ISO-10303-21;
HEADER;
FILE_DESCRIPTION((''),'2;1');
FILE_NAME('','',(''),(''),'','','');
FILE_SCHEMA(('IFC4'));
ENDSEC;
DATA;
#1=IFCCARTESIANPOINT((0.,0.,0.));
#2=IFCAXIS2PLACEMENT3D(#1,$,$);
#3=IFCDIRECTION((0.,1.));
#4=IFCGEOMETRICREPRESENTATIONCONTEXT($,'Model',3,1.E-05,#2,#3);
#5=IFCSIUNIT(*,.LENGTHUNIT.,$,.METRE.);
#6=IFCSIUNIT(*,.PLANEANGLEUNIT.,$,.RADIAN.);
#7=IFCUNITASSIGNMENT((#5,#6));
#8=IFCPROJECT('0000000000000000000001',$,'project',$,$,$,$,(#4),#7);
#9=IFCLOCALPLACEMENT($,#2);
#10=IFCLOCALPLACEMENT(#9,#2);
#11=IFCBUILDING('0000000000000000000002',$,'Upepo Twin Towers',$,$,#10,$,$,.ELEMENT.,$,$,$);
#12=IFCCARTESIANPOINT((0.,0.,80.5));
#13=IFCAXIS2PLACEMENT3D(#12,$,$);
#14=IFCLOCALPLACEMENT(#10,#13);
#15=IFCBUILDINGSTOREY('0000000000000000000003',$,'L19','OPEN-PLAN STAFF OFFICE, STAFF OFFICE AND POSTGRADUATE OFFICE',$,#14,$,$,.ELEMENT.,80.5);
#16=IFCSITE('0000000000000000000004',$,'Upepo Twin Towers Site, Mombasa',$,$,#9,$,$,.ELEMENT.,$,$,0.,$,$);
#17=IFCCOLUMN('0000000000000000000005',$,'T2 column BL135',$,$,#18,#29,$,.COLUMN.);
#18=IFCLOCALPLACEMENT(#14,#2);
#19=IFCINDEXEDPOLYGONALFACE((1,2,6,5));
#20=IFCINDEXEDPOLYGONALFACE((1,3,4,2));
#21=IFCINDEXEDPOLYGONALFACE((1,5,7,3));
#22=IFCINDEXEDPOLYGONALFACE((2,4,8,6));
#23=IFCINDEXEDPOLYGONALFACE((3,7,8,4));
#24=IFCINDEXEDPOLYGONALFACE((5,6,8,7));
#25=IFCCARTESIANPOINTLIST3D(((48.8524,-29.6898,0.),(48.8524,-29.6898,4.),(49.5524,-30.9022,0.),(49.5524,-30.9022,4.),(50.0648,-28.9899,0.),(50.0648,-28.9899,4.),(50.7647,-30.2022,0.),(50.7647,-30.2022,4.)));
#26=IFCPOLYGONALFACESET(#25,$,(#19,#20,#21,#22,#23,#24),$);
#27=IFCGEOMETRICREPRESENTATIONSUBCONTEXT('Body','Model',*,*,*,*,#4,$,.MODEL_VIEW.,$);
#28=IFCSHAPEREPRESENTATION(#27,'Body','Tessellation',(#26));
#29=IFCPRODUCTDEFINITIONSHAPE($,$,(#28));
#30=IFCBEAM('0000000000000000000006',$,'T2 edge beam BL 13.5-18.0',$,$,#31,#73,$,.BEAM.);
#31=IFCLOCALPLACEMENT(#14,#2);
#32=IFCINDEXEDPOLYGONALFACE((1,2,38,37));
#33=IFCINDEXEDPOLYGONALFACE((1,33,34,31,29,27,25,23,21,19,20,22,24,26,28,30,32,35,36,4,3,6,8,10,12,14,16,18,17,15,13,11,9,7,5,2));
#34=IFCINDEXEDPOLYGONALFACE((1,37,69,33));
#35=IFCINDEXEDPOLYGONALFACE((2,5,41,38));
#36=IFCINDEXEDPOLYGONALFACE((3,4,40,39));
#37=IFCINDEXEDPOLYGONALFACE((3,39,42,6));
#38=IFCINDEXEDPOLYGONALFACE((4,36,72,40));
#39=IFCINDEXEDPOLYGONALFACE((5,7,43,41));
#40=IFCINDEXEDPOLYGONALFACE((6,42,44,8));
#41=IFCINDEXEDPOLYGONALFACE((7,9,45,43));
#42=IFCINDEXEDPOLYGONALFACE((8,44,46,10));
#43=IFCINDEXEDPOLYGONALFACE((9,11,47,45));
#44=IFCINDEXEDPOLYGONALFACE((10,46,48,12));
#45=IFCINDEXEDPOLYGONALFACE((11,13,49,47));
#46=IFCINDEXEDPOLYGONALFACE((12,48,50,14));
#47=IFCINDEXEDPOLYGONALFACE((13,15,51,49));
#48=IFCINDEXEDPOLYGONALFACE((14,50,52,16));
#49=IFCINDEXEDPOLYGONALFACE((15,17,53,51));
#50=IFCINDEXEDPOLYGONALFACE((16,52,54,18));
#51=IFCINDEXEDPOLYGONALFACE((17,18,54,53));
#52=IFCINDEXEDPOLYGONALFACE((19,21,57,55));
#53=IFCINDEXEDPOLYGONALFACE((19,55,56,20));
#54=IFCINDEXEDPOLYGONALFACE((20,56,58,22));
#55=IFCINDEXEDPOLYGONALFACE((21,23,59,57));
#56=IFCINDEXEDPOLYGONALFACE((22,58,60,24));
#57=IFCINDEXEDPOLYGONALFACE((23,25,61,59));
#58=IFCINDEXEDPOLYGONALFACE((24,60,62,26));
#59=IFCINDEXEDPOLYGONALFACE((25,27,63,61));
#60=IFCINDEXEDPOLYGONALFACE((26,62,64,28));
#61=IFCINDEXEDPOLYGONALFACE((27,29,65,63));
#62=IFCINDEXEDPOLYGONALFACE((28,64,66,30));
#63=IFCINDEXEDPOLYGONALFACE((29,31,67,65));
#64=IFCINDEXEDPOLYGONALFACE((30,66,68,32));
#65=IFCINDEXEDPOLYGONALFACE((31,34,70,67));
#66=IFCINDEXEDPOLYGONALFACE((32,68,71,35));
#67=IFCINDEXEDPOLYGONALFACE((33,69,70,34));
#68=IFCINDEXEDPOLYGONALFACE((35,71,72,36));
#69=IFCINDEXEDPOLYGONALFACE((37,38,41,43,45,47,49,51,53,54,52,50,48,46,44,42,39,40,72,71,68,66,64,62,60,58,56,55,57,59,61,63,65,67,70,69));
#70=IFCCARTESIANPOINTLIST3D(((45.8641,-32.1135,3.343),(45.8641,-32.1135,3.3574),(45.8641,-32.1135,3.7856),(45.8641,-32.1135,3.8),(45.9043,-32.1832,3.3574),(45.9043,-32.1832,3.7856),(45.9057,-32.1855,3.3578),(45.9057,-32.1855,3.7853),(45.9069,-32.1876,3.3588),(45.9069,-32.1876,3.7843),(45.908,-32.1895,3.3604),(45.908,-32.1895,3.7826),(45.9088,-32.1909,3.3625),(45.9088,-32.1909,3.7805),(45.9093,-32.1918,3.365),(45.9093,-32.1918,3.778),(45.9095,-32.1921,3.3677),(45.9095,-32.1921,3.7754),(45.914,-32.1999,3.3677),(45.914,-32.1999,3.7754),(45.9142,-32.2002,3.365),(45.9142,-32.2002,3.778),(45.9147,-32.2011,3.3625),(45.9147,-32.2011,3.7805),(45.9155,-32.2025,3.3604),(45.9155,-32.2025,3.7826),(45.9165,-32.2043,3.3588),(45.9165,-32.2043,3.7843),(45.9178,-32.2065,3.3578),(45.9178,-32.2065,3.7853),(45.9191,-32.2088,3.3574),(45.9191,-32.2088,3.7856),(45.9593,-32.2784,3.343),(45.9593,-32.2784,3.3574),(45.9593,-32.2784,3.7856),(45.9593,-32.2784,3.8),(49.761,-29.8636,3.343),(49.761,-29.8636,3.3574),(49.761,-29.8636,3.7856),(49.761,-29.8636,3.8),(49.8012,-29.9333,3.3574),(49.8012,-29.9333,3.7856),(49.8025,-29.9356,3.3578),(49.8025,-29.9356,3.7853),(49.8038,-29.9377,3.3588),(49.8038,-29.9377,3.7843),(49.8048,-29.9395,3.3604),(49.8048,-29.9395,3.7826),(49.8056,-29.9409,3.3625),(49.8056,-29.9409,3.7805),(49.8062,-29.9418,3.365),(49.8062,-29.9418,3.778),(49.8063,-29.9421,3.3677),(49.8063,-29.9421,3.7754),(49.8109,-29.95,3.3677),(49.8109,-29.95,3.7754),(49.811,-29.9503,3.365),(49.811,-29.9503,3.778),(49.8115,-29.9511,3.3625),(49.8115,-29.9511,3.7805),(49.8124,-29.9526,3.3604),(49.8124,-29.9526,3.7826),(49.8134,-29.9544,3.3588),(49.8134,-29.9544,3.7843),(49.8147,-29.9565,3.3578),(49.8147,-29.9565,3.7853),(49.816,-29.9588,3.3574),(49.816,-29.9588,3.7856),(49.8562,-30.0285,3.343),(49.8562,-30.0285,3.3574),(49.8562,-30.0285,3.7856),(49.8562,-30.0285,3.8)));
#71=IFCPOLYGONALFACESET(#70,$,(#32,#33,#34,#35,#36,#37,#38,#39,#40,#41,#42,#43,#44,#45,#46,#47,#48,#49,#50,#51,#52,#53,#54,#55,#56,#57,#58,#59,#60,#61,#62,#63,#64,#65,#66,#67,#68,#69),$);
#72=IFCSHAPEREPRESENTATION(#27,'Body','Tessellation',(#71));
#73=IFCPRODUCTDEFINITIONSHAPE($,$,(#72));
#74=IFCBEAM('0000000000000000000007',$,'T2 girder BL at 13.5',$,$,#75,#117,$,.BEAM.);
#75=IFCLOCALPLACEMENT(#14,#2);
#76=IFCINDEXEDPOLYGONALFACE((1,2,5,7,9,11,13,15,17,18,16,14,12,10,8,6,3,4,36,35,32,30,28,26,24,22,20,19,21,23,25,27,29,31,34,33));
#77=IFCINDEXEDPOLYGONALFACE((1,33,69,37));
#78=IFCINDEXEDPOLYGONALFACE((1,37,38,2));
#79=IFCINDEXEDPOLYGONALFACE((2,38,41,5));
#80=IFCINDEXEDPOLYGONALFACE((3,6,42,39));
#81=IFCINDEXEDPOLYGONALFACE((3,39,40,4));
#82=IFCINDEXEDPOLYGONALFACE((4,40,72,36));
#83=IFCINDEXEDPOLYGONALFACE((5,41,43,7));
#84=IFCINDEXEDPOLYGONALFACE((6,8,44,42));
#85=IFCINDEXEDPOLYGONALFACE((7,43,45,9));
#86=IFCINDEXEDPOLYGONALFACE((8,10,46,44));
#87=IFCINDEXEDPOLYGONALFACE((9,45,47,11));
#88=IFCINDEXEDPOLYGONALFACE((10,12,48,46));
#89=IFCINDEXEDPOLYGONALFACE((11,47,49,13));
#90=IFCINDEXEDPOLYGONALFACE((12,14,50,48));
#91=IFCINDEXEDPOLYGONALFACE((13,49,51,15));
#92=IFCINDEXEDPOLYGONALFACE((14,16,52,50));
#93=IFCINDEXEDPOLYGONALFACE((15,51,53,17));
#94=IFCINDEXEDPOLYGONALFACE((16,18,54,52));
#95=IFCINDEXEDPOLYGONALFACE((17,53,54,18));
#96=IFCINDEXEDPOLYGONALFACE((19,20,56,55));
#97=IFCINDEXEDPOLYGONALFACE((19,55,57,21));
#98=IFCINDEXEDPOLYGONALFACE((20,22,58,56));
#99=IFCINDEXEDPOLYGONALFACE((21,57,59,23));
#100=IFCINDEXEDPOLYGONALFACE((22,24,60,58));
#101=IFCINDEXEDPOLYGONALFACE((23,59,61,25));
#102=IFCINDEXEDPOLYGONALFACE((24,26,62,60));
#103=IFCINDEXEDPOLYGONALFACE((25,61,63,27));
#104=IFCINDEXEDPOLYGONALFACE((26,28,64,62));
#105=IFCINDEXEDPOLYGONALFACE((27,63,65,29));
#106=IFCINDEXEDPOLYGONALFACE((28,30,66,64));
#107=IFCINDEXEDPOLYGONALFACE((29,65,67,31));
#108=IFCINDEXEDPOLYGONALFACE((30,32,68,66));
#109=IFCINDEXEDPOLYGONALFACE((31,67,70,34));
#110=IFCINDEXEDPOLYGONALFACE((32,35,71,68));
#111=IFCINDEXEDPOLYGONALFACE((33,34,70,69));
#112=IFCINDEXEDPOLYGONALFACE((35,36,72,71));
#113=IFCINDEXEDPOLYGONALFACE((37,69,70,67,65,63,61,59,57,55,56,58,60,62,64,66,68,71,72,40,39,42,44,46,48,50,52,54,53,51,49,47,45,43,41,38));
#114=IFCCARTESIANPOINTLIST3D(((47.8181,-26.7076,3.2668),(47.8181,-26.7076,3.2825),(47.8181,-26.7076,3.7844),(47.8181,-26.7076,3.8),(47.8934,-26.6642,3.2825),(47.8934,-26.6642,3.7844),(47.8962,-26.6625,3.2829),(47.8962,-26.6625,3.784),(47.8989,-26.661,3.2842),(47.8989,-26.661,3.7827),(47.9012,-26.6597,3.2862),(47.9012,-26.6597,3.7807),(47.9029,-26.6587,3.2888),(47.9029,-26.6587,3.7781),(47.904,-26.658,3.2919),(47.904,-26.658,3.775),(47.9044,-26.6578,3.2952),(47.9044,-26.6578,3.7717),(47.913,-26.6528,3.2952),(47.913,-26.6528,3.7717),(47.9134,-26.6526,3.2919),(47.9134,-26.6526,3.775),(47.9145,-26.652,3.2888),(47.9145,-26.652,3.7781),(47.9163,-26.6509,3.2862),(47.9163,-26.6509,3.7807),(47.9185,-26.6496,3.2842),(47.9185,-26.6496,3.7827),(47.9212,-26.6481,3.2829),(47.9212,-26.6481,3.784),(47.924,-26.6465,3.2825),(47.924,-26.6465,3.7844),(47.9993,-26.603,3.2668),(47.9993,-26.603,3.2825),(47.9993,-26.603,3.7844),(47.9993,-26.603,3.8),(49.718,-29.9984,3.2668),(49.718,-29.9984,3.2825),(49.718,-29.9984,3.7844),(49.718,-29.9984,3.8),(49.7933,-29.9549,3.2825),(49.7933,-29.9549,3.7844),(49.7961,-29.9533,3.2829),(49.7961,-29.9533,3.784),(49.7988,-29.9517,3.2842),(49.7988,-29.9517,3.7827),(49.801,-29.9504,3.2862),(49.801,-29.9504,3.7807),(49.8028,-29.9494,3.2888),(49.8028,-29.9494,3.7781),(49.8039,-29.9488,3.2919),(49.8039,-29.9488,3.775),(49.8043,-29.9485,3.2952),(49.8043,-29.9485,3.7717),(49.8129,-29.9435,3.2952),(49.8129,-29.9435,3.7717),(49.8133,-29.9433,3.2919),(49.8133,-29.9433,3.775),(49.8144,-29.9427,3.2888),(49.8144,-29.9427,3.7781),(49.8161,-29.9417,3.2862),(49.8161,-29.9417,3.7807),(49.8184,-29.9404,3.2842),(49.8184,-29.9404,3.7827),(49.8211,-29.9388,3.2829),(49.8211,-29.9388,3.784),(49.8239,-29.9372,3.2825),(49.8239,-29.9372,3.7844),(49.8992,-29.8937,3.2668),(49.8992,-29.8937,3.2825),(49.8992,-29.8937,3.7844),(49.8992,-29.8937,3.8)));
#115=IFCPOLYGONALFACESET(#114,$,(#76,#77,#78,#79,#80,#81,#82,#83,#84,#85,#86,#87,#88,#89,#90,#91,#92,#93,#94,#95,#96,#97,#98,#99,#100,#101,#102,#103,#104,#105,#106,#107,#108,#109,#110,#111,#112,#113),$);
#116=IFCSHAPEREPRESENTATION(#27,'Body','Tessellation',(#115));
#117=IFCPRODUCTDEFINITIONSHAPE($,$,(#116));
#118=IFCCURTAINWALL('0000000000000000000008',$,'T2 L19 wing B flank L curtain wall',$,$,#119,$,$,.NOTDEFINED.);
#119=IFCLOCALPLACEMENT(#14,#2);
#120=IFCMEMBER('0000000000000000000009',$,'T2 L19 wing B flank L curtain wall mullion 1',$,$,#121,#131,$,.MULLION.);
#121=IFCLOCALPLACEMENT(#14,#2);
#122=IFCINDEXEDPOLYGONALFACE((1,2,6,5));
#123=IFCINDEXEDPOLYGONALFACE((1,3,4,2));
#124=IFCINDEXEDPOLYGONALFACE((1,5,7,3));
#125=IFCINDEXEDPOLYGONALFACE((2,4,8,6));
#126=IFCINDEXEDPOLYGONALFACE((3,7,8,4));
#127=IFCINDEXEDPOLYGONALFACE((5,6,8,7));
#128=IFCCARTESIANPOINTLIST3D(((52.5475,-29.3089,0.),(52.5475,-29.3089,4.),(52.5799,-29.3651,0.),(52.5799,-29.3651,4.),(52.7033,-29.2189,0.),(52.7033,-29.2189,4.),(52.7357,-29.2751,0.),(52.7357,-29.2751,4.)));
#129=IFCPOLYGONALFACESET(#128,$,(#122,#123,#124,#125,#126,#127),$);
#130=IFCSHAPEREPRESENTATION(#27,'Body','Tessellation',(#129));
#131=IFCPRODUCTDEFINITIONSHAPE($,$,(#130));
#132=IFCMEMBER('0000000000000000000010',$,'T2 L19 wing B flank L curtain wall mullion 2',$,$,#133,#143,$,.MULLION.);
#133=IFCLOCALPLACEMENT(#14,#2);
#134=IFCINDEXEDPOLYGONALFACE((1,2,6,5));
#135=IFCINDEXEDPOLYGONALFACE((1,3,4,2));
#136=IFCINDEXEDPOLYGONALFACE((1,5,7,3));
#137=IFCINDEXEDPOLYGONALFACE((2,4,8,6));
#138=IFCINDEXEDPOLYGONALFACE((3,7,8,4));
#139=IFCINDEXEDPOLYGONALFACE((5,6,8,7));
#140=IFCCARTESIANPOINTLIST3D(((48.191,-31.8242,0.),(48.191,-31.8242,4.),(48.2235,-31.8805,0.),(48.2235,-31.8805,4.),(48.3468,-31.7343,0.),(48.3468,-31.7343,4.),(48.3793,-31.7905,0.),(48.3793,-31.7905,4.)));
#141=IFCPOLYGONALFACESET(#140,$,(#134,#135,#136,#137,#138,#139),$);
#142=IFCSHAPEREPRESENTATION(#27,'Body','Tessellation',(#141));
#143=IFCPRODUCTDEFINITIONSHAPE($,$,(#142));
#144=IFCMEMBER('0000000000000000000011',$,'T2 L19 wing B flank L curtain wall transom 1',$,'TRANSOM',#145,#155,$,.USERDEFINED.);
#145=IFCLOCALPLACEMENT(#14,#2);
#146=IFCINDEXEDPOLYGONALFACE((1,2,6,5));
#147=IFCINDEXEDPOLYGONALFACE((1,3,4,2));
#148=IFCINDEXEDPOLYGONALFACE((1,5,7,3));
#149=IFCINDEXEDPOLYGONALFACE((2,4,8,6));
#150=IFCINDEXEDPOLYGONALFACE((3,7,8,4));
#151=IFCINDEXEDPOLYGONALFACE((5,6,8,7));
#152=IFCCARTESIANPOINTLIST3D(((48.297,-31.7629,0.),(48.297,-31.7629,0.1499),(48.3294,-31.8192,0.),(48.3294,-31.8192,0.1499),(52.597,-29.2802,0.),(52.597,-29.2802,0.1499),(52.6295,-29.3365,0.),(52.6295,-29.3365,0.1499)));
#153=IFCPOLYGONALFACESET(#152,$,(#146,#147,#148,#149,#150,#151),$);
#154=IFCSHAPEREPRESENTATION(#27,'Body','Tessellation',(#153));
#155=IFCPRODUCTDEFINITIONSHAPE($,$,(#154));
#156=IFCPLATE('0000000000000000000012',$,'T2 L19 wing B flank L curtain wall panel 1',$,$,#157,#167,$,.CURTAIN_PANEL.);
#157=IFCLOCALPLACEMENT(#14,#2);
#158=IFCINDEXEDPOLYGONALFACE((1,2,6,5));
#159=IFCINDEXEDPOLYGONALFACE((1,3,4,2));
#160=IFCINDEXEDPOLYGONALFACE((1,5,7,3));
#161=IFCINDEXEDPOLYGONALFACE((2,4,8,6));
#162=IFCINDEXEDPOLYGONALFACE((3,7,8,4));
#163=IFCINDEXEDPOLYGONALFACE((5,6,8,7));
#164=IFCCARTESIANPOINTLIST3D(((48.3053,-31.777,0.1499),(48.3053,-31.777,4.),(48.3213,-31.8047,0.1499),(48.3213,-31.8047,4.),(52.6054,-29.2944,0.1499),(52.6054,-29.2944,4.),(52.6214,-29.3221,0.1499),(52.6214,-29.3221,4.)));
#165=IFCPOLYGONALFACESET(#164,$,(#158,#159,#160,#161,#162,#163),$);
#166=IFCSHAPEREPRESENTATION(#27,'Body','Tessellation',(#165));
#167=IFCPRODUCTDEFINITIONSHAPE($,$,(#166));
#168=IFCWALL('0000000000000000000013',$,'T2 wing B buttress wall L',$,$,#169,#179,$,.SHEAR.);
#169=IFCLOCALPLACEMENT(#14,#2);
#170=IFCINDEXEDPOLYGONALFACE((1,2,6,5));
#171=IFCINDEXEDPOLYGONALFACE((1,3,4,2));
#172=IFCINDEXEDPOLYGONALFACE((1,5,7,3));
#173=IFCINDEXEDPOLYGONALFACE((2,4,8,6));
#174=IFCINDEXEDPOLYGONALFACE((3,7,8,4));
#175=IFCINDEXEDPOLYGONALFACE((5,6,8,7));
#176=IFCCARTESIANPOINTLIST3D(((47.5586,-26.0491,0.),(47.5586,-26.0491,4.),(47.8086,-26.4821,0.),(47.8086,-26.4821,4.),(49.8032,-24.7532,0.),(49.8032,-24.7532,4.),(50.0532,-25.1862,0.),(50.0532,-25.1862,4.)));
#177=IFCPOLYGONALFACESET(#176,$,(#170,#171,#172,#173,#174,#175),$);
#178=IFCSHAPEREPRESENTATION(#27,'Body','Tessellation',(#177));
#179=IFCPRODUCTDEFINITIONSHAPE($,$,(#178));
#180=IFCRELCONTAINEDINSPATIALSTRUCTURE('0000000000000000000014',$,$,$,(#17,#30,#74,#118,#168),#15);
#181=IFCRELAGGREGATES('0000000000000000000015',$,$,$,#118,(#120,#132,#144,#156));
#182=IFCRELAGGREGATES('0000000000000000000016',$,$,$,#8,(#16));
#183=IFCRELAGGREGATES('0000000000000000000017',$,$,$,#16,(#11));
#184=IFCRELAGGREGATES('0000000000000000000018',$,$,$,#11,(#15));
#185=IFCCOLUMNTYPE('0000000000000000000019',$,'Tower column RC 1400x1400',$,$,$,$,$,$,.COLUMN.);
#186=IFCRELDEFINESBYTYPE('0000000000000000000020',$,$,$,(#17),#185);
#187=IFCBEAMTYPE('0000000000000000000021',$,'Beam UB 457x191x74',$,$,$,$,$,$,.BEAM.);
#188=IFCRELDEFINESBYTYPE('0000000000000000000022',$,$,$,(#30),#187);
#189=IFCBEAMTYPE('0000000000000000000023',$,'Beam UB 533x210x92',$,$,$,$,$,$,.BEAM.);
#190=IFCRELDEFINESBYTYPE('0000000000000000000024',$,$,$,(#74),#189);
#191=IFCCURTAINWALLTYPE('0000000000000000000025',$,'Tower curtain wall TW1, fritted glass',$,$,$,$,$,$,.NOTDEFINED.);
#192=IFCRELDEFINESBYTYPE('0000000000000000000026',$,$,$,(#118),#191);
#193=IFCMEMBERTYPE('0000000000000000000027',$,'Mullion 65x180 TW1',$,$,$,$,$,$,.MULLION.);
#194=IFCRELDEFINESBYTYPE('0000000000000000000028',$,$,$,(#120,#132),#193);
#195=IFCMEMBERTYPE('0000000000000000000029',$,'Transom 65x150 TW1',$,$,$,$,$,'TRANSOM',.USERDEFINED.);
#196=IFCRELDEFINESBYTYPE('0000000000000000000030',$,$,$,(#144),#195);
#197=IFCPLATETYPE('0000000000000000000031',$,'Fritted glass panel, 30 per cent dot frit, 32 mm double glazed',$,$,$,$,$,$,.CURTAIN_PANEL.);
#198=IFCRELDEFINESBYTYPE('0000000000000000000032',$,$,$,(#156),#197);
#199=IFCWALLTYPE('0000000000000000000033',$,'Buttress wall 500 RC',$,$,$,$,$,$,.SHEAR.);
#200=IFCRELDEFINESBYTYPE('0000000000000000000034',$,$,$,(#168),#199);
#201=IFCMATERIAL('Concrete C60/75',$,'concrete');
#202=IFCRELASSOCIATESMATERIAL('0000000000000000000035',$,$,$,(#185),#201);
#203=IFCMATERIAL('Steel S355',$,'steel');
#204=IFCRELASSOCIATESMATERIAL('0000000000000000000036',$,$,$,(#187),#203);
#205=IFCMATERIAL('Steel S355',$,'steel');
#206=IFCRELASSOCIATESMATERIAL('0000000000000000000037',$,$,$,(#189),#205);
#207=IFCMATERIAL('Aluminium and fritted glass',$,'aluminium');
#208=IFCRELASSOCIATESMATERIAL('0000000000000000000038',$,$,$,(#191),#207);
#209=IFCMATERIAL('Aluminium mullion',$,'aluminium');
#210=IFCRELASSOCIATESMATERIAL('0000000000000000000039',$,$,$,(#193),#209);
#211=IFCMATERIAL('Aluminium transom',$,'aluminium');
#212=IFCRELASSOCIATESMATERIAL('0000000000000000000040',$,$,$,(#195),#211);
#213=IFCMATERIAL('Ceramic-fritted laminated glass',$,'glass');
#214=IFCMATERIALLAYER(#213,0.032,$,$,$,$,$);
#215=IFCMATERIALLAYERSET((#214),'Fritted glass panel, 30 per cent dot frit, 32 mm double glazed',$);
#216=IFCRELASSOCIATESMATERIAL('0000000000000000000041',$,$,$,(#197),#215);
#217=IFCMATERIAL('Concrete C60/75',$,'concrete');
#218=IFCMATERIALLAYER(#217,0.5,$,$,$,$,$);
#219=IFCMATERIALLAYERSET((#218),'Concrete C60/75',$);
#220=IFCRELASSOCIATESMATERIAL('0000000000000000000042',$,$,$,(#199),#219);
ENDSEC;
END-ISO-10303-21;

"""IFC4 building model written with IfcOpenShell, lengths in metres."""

from ifc_helpers import new_model, si_unit, direction, frame, frame_2d, origin, origin_2d, place, context, subcontext, project, spatial, rectangle, i_section, extrude, material, layer, layer_set, material_profile, profile_set, type_object, element, aggregate, save


model = new_model("IFC4")

# Units and contexts
model_context = context("Model", 3, precision=1e-05, world=origin(), true_north=direction((0.0, 1.0)))
body_context = subcontext(model_context, "Body", "Model", "MODEL_VIEW")
ifc_project = project(units=[si_unit("LENGTHUNIT", "METRE"), si_unit("PLANEANGLEUNIT", "RADIAN")], contexts=[model_context])

# Site, building, storey
site_placement = place(None, origin())
site = spatial("IfcSite", under=ifc_project, at=site_placement, Name="Upepo Twin Towers Site, Mombasa", CompositionType="ELEMENT", RefElevation=0.0)
building_placement = place(site_placement, origin())
building = spatial("IfcBuilding", under=site, at=building_placement, Name="Upepo Twin Towers", CompositionType="ELEMENT")
storey_placement = place(building_placement, frame((0.0, 0.0, 80.5)))
storey = spatial("IfcBuildingStorey", under=building, at=storey_placement, Name="L19", Description="OPEN-PLAN STAFF OFFICE, STAFF OFFICE AND POSTGRADUATE OFFICE", CompositionType="ELEMENT", Elevation=80.5)

# Column
ifc_material_1 = material(Name="Concrete C60/75", Category="concrete")
ifc_material_profile_1 = material_profile(ifc_material_1, rectangle(XDim=1.3999, YDim=1.3999, at=origin_2d()), Name="RC 1400x1400")
ifc_profile_set_1 = profile_set([ifc_material_profile_1], Name="Concrete C60/75")
column_type = type_object("IfcColumnType", Name="Tower column RC 1400x1400", PredefinedType="COLUMN", material=ifc_profile_set_1)
column_placement = place(storey_placement, frame((49.8086, -29.946, 0.0), z_axis=(0.0, 0.0, 1.0), x_axis=(0.866025, 0.5, 0.0)))
element("IfcColumn", 1, at=column_placement, inside=storey, type_object=column_type, Name="T2 column BL135", PredefinedType="COLUMN", context=body_context, shape_type="SweptSolid", body=[
    extrude(rectangle(XDim=1.3999, YDim=1.3999, at=origin_2d()), origin(), (0.0, 0.0, 1.0), 4.0),
])

# Beams
ifc_material_2 = material(Name="Steel S355", Category="steel")
ifc_material_profile_2 = material_profile(ifc_material_2, i_section(OverallWidth=0.1904, OverallDepth=0.457, WebThickness=0.009, FlangeThickness=0.0144, FilletRadius=0.0103, at=origin_2d()), Name="UB 457x191x74")
ifc_profile_set_2 = profile_set([ifc_material_profile_2], Name="Steel S355")
beam_type_1 = type_object("IfcBeamType", Name="Beam UB 457x191x74", PredefinedType="BEAM", material=ifc_profile_set_2)
beam_1_placement = place(storey_placement, frame((49.8086, -29.946, 3.5715), z_axis=(-0.866018, -0.500014, 0.0), x_axis=(0.500014, -0.866018, 0.0)))
element("IfcBeam", 2, at=beam_1_placement, inside=storey, type_object=beam_type_1, Name="T2 edge beam BL 13.5-18.0", PredefinedType="BEAM", context=body_context, shape_type="SweptSolid", body=[
    extrude(i_section(OverallWidth=0.1904, OverallDepth=0.457, WebThickness=0.009, FlangeThickness=0.0144, FilletRadius=0.0103, at=origin_2d()), origin(), (0.0, 0.0, 1.0), 4.4998),
])
ifc_material_3 = material(Name="Steel S355", Category="steel")
ifc_material_profile_3 = material_profile(ifc_material_3, i_section(OverallWidth=0.2092, OverallDepth=0.5332, WebThickness=0.01, FlangeThickness=0.0156, FilletRadius=0.0127, at=origin_2d()), Name="UB 533x210x92")
ifc_profile_set_3 = profile_set([ifc_material_profile_3], Name="Steel S355")
beam_type_2 = type_object("IfcBeamType", Name="Beam UB 533x210x92", PredefinedType="BEAM", material=ifc_profile_set_3)
beam_2_placement = place(storey_placement, frame((49.8086, -29.946, 3.5334), z_axis=(-0.499995, 0.866028, 0.0), x_axis=(-0.866028, -0.499995, 0.0)))
element("IfcBeam", 3, at=beam_2_placement, inside=storey, type_object=beam_type_2, Name="T2 girder BL at 13.5", PredefinedType="BEAM", context=body_context, shape_type="SweptSolid", body=[
    extrude(i_section(OverallWidth=0.2092, OverallDepth=0.5332, WebThickness=0.01, FlangeThickness=0.0156, FilletRadius=0.0127, at=origin_2d()), origin(), (0.0, 0.0, 1.0), 3.7998),
])

# Curtain wall, members, plate
ifc_material_4 = material(Name="Aluminium and fritted glass", Category="aluminium")
curtain_wall_type = type_object("IfcCurtainWallType", Name="Tower curtain wall TW1, fritted glass", PredefinedType="NOTDEFINED", material=ifc_material_4)
curtain_wall_placement = place(storey_placement, origin())
curtain_wall = element("IfcCurtainWall", 4, at=curtain_wall_placement, inside=storey, type_object=curtain_wall_type, Name="T2 L19 wing B flank L curtain wall", PredefinedType="NOTDEFINED")
ifc_material_5 = material(Name="Aluminium mullion", Category="aluminium")
ifc_material_profile_4 = material_profile(ifc_material_5, rectangle(XDim=0.0649, YDim=0.1799, at=origin_2d()), Name="MULLION 65x180")
ifc_profile_set_4 = profile_set([ifc_material_profile_4], Name="Aluminium mullion")
member_type_1 = type_object("IfcMemberType", Name="Mullion 65x180 TW1", PredefinedType="MULLION", material=ifc_profile_set_4)
member_1_placement = place(storey_placement, frame((52.6416, -29.292, 0.0), z_axis=(0.0, 0.0, 1.0), x_axis=(0.5, -0.866025, 0.0)))
member_1 = element("IfcMember", 5, at=member_1_placement, type_object=member_type_1, Name="T2 L19 wing B flank L curtain wall mullion 1", PredefinedType="MULLION", context=body_context, shape_type="SweptSolid", body=[
    extrude(rectangle(XDim=0.0649, YDim=0.1799, at=origin_2d()), origin(), (0.0, 0.0, 1.0), 4.0),
])
member_2_placement = place(storey_placement, frame((48.2852, -31.8074, 0.0), z_axis=(0.0, 0.0, 1.0), x_axis=(0.5, -0.866025, 0.0)))
member_2 = element("IfcMember", 6, at=member_2_placement, type_object=member_type_1, Name="T2 L19 wing B flank L curtain wall mullion 2", PredefinedType="MULLION", context=body_context, shape_type="SweptSolid", body=[
    extrude(rectangle(XDim=0.0649, YDim=0.1799, at=origin_2d()), origin(), (0.0, 0.0, 1.0), 4.0),
])
ifc_material_6 = material(Name="Aluminium transom", Category="aluminium")
ifc_material_profile_5 = material_profile(ifc_material_6, rectangle(XDim=0.0649, YDim=0.1499, at=origin_2d()), Name="TRANSOM 65x150")
ifc_profile_set_5 = profile_set([ifc_material_profile_5], Name="Aluminium transom")
member_type_2 = type_object("IfcMemberType", Name="Transom 65x150 TW1", ElementType="TRANSOM", PredefinedType="USERDEFINED", material=ifc_profile_set_5)
member_3_placement = place(storey_placement, frame((52.6133, -29.3083, 0.075), z_axis=(-0.866023, -0.500005, 0.0), x_axis=(0.500005, -0.866023, 0.0)))
member_3 = element("IfcMember", 7, at=member_3_placement, type_object=member_type_2, Name="T2 L19 wing B flank L curtain wall transom 1", ObjectType="TRANSOM", PredefinedType="USERDEFINED", context=body_context, shape_type="SweptSolid", body=[
    extrude(rectangle(XDim=0.0649, YDim=0.1499, at=origin_2d()), origin(), (0.0, 0.0, 1.0), 4.9653),
])
ifc_material_7 = material(Name="Ceramic-fritted laminated glass", Category="glass")
ifc_layer_1 = layer(ifc_material_7, 0.032)
ifc_layer_set_1 = layer_set([ifc_layer_1], Name="Fritted glass panel, 30 per cent dot frit, 32 mm double glazed")
plate_type = type_object("IfcPlateType", Name="Fritted glass panel, 30 per cent dot frit, 32 mm double glazed", PredefinedType="CURTAIN_PANEL", material=ifc_layer_set_1)
plate_placement = place(storey_placement, frame((50.4634, -30.5496, 0.1499), z_axis=(0.0, 0.0, 1.0), x_axis=(-0.866025, -0.5, 0.0)))
plate = element("IfcPlate", 8, at=plate_placement, type_object=plate_type, Name="T2 L19 wing B flank L curtain wall panel 1", PredefinedType="CURTAIN_PANEL", context=body_context, shape_type="SweptSolid", body=[
    extrude(rectangle(XDim=4.9653, YDim=0.032, at=origin_2d()), origin(), (0.0, 0.0, 1.0), 3.8501),
])
aggregate(curtain_wall, [member_1, member_2, member_3, plate])

# Wall
ifc_material_8 = material(Name="Concrete C60/75", Category="concrete")
ifc_layer_2 = layer(ifc_material_8, 0.5)
ifc_layer_set_2 = layer_set([ifc_layer_2], Name="Concrete C60/75")
wall_type_1 = type_object("IfcWallType", Name="Buttress wall 500 RC", PredefinedType="SHEAR", material=ifc_layer_set_2)
wall_1_placement = place(storey_placement, frame((49.9282, -24.9697, 0.0), z_axis=(0.0, 0.0, 1.0), x_axis=(-0.866032, -0.499989, 0.0)))
element("IfcWall", 9, at=wall_1_placement, inside=storey, type_object=wall_type_1, Name="T2 wing B buttress wall L", PredefinedType="SHEAR", context=body_context, shape_type="SweptSolid", body=[
    extrude(rectangle(XDim=2.5918, YDim=0.5, at=frame_2d((1.2959, 0.0))), origin(), (0.0, 0.0, 1.0), 4.0),
])

save(model, "model.ifc")
